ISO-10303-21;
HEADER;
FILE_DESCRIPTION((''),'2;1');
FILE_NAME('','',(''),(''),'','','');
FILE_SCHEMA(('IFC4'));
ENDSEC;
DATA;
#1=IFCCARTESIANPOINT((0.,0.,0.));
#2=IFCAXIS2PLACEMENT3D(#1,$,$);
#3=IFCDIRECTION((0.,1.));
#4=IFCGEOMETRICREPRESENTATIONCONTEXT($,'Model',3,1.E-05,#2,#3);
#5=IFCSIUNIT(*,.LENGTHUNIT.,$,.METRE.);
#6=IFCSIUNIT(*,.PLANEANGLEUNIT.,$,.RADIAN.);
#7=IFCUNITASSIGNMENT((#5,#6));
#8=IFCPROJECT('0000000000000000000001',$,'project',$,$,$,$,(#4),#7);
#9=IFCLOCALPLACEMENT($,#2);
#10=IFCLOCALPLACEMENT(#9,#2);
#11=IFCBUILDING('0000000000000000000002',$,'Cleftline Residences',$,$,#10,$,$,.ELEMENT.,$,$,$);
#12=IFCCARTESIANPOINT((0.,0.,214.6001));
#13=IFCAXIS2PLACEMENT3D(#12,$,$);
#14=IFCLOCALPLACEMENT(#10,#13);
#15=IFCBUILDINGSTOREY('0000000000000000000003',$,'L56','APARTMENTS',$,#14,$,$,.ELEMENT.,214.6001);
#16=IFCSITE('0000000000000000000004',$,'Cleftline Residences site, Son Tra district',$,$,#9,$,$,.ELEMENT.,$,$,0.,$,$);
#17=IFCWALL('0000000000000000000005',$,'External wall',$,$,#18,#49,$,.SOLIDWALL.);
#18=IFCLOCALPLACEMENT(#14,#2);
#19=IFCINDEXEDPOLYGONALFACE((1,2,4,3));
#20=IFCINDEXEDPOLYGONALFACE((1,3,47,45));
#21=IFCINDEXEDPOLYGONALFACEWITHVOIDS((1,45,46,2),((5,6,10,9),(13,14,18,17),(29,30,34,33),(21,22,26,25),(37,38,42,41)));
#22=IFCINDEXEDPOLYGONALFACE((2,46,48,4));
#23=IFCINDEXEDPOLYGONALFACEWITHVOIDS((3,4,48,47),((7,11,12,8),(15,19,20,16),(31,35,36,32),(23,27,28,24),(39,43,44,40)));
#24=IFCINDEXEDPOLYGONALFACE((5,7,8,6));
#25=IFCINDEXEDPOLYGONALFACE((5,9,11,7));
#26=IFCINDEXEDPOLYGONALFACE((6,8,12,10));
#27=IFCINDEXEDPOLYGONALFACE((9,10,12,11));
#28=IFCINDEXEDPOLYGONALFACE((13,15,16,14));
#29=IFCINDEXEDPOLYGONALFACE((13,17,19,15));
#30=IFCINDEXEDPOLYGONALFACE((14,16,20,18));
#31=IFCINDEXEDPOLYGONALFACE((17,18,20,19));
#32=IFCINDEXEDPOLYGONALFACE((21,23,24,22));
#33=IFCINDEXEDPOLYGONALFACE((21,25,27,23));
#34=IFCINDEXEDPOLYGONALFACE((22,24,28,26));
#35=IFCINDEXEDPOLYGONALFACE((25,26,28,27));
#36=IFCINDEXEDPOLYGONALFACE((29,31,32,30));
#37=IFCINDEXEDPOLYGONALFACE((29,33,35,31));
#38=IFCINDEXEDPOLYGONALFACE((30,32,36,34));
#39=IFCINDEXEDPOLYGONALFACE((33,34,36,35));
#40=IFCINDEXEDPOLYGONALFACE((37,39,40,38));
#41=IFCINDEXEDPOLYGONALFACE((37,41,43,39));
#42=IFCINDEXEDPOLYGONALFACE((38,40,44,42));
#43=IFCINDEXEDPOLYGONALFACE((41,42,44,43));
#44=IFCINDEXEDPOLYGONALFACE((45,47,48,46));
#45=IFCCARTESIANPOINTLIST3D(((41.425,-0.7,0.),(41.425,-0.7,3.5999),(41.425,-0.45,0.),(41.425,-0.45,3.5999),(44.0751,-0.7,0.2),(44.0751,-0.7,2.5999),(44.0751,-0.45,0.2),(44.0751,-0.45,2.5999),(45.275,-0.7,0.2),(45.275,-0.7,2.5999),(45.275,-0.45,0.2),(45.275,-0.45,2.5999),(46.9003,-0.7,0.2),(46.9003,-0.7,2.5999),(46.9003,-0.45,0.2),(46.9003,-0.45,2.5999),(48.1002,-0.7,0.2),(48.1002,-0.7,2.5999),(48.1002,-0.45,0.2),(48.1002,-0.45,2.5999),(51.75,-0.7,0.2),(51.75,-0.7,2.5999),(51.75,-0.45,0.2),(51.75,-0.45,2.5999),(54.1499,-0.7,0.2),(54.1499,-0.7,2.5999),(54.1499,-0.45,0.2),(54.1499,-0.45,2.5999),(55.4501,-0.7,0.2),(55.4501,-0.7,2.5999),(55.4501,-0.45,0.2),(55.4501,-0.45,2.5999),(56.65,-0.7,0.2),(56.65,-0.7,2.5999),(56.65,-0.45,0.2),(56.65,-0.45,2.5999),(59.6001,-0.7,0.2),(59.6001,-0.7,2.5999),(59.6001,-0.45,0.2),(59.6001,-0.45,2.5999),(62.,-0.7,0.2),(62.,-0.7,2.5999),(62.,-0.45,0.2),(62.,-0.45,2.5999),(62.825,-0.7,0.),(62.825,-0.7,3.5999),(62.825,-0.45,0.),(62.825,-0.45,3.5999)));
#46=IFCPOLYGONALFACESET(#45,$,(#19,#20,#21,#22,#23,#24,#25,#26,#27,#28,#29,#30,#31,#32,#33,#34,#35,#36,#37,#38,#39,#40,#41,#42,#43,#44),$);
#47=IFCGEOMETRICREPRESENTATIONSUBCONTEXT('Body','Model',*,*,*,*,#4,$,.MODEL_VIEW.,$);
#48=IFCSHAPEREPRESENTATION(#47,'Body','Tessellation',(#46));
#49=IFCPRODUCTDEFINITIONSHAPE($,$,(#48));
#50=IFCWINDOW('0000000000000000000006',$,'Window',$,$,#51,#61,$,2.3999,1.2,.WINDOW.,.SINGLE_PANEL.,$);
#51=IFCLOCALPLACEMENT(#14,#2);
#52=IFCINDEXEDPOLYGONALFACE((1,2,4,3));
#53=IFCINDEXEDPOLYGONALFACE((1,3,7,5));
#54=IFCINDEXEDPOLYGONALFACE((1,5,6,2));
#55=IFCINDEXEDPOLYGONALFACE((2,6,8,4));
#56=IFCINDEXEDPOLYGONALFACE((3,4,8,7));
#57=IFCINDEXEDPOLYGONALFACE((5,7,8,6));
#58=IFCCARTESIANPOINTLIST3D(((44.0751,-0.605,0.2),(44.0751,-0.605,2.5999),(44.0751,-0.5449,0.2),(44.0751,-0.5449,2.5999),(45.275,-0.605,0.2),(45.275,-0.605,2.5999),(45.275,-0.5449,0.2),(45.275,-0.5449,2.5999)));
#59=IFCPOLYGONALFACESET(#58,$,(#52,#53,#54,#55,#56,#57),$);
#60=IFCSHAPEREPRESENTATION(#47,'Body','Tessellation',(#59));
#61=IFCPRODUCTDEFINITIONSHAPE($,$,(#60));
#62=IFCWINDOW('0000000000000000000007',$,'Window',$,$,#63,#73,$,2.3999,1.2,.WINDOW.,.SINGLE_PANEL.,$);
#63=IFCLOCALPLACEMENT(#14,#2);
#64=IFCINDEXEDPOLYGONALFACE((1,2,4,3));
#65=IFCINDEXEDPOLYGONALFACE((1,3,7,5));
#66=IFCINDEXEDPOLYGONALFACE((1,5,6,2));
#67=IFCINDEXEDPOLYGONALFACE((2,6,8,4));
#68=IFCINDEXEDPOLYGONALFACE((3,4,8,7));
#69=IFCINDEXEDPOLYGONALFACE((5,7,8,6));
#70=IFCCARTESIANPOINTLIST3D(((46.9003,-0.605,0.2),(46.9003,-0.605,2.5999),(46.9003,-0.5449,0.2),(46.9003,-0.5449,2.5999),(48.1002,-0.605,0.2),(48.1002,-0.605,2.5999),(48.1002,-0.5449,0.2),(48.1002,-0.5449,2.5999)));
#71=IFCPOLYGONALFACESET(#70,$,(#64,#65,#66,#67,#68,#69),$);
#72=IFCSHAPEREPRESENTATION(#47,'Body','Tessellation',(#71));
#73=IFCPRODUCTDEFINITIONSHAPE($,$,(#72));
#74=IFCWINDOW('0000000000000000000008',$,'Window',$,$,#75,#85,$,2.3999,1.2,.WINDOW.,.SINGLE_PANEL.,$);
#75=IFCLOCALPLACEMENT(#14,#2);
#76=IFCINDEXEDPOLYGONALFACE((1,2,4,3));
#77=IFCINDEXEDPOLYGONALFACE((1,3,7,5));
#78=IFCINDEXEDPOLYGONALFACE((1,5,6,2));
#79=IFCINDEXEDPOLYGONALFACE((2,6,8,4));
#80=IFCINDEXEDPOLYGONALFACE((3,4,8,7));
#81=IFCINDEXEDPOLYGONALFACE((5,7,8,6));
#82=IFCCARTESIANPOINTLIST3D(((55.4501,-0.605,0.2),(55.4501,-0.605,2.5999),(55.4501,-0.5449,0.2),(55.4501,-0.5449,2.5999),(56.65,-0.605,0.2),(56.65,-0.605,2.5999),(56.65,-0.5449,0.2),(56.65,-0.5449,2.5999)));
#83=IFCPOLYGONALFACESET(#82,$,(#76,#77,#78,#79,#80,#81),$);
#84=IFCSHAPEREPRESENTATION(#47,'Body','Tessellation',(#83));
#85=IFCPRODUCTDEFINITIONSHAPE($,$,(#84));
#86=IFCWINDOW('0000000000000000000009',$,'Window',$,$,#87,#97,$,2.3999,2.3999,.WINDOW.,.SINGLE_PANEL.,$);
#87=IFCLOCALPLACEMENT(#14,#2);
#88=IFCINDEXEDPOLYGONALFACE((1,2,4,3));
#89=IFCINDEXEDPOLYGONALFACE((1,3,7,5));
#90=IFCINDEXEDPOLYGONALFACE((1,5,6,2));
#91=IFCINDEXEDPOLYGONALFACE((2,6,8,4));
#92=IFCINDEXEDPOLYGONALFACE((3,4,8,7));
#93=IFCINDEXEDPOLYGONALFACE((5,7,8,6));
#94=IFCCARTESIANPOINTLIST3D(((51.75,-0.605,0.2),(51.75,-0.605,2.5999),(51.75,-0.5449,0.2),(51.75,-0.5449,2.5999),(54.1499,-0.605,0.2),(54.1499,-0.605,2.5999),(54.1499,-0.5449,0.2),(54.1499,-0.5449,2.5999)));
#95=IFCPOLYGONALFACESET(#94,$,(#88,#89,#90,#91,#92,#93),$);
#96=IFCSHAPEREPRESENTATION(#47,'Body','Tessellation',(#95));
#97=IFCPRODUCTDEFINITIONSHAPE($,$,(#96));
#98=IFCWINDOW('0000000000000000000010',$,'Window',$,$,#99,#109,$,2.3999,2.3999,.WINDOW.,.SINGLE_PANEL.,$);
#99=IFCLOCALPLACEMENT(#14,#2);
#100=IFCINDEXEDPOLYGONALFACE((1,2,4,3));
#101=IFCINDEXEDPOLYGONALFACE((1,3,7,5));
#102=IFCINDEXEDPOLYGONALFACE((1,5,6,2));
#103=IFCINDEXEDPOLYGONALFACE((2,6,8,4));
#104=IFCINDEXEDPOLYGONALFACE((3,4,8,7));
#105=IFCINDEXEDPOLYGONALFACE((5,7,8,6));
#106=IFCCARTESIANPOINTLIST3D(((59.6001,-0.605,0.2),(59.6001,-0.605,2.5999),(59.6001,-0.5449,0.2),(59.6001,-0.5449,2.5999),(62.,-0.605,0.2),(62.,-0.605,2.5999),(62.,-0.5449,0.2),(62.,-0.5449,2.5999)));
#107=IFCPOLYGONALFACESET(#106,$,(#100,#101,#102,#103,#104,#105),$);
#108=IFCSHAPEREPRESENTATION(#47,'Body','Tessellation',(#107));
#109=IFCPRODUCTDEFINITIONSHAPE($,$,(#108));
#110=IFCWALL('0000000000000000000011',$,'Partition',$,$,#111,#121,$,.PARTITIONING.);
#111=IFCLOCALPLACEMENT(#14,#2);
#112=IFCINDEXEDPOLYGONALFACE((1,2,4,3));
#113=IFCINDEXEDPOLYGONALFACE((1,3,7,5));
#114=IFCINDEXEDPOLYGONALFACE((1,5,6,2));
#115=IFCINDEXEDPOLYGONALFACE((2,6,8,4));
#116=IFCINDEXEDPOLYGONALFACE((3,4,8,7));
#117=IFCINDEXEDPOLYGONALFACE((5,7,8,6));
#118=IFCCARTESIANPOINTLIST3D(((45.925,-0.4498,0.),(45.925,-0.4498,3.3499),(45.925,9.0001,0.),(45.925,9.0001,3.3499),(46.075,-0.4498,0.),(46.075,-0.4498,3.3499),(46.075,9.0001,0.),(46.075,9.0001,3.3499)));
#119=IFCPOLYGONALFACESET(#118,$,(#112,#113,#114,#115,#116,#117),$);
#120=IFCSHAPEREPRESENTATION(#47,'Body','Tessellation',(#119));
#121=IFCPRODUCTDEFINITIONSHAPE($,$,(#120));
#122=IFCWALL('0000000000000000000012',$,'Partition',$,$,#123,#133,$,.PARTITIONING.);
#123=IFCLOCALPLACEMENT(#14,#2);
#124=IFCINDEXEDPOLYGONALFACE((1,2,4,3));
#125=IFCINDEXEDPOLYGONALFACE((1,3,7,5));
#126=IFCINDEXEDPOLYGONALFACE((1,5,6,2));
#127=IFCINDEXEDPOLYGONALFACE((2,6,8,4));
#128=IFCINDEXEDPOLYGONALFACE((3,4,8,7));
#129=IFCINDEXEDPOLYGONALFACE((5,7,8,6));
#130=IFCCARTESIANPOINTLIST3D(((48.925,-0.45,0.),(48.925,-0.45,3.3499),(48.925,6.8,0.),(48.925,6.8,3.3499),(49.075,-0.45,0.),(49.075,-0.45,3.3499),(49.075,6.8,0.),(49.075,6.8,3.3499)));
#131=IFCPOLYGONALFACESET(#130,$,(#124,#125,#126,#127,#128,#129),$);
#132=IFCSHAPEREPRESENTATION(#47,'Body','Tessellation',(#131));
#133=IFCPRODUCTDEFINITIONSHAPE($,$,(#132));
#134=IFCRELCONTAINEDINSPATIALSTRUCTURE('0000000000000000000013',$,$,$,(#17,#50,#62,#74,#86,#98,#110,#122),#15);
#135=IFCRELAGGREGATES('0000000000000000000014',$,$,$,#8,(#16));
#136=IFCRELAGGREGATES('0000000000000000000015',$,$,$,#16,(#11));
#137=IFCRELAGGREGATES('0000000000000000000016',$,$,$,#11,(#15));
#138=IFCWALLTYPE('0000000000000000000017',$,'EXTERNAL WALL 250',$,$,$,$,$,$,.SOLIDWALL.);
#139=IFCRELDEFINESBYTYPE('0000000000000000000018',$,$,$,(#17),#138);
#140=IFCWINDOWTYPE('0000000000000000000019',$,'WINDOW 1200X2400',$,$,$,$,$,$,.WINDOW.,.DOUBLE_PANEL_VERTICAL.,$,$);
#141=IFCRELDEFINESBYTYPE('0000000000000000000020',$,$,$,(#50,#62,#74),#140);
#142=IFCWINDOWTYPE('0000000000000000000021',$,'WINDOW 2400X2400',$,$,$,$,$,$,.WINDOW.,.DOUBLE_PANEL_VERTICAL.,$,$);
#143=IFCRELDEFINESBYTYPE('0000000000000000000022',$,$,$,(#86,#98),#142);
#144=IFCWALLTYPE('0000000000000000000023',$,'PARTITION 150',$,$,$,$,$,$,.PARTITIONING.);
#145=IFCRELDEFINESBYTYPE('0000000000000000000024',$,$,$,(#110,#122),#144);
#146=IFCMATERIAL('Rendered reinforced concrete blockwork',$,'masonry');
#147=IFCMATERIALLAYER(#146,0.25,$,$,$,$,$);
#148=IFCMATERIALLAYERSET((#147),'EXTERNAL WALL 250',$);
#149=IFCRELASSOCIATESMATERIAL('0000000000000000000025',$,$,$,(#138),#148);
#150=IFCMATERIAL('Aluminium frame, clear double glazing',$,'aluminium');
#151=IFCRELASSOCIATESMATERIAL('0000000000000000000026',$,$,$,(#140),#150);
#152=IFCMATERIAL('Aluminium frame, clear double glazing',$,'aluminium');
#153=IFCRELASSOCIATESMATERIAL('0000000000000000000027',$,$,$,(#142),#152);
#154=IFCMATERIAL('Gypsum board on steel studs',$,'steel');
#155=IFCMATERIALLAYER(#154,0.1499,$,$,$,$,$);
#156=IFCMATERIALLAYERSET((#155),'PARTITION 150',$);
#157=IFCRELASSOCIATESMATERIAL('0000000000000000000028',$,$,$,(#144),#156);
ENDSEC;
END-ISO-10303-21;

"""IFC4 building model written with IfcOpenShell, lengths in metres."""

from ifc_helpers import new_model, si_unit, direction, frame, frame_2d, origin, place, context, subcontext, project, spatial, rectangle, extrude, material, layer, layer_set, type_object, element, fill, save


model = new_model("IFC4")

# Units and contexts
model_context = context("Model", 3, precision=1e-05, world=origin(), true_north=direction((0.0, 1.0)))
body_context = subcontext(model_context, "Body", "Model", "MODEL_VIEW")
ifc_project = project(units=[si_unit("LENGTHUNIT", "METRE"), si_unit("PLANEANGLEUNIT", "RADIAN")], contexts=[model_context])

# Site, building, storey
site_placement = place(None, origin())
site = spatial("IfcSite", under=ifc_project, at=site_placement, Name="Cleftline Residences site, Son Tra district", CompositionType="ELEMENT", RefElevation=0.0)
building_placement = place(site_placement, origin())
building = spatial("IfcBuilding", under=site, at=building_placement, Name="Cleftline Residences", CompositionType="ELEMENT")
storey_placement = place(building_placement, frame((0.0, 0.0, 214.6001)))
storey = spatial("IfcBuildingStorey", under=building, at=storey_placement, Name="L56", Description="APARTMENTS", CompositionType="ELEMENT", Elevation=214.6001)

# Wall, openings, windows
ifc_material_1 = material(Name="Rendered reinforced concrete blockwork", Category="masonry")
ifc_layer_1 = layer(ifc_material_1, 0.25)
ifc_layer_set_1 = layer_set([ifc_layer_1], Name="EXTERNAL WALL 250")
wall_type_1 = type_object("IfcWallType", Name="EXTERNAL WALL 250", PredefinedType="SOLIDWALL", material=ifc_layer_set_1)
wall_1_placement = place(storey_placement, frame((41.425, -0.575, 0.0), z_axis=(0.0, 0.0, 1.0), x_axis=(1.0, 0.0, 0.0)))
wall_1 = element("IfcWall", 1, at=wall_1_placement, inside=storey, type_object=wall_type_1, Name="External wall", PredefinedType="SOLIDWALL", context=body_context, shape_type="SweptSolid", body=[
    extrude(rectangle(XDim=21.3999, YDim=0.25, at=frame_2d((10.7, 0.0))), origin(), (0.0, 0.0, 1.0), 3.5999),
])
opening_1_placement = place(wall_1_placement, frame((2.6499, 0.0, 0.2)))
opening_1 = element("IfcOpeningElement", 2, at=opening_1_placement, cuts=wall_1, PredefinedType="OPENING", context=body_context, shape_type="SweptSolid", body=[
    extrude(rectangle(XDim=1.2, YDim=2.3999, at=frame_2d((0.6001, 1.2))), frame((0.0, 0.135, 0.0), z_axis=(0.0, -1.0, 0.0), x_axis=(1.0, 0.0, 0.0)), (0.0, 0.0, 1.0), 0.27),
])
opening_2_placement = place(wall_1_placement, frame((5.4751, 0.0, 0.2)))
opening_2 = element("IfcOpeningElement", 3, at=opening_2_placement, cuts=wall_1, PredefinedType="OPENING", context=body_context, shape_type="SweptSolid", body=[
    extrude(rectangle(XDim=1.2, YDim=2.3999, at=frame_2d((0.6001, 1.2))), frame((0.0, 0.135, 0.0), z_axis=(0.0, -1.0, 0.0), x_axis=(1.0, 0.0, 0.0)), (0.0, 0.0, 1.0), 0.27),
])
opening_3_placement = place(wall_1_placement, frame((10.325, 0.0, 0.2)))
opening_3 = element("IfcOpeningElement", 4, at=opening_3_placement, cuts=wall_1, PredefinedType="OPENING", context=body_context, shape_type="SweptSolid", body=[
    extrude(rectangle(XDim=2.3999, YDim=2.3999, at=frame_2d((1.2, 1.2))), frame((0.0, 0.135, 0.0), z_axis=(0.0, -1.0, 0.0), x_axis=(1.0, 0.0, 0.0)), (0.0, 0.0, 1.0), 0.27),
])
opening_4_placement = place(wall_1_placement, frame((14.0249, 0.0, 0.2)))
opening_4 = element("IfcOpeningElement", 5, at=opening_4_placement, cuts=wall_1, PredefinedType="OPENING", context=body_context, shape_type="SweptSolid", body=[
    extrude(rectangle(XDim=1.2, YDim=2.3999, at=frame_2d((0.6001, 1.2))), frame((0.0, 0.135, 0.0), z_axis=(0.0, -1.0, 0.0), x_axis=(1.0, 0.0, 0.0)), (0.0, 0.0, 1.0), 0.27),
])
opening_5_placement = place(wall_1_placement, frame((18.175, 0.0, 0.2)))
opening_5 = element("IfcOpeningElement", 6, at=opening_5_placement, cuts=wall_1, PredefinedType="OPENING", context=body_context, shape_type="SweptSolid", body=[
    extrude(rectangle(XDim=2.3999, YDim=2.3999, at=frame_2d((1.2, 1.2))), frame((0.0, 0.135, 0.0), z_axis=(0.0, -1.0, 0.0), x_axis=(1.0, 0.0, 0.0)), (0.0, 0.0, 1.0), 0.27),
])
ifc_material_2 = material(Name="Aluminium frame, clear double glazing", Category="aluminium")
window_type_1 = type_object("IfcWindowType", Name="WINDOW 1200X2400", PartitioningType="DOUBLE_PANEL_VERTICAL", PredefinedType="WINDOW", material=ifc_material_2)
window_1_placement = place(opening_1_placement, origin())
window_1 = element("IfcWindow", 7, at=window_1_placement, inside=storey, type_object=window_type_1, Name="Window", OverallHeight=2.3999, OverallWidth=1.2, PartitioningType="SINGLE_PANEL", PredefinedType="WINDOW", context=body_context, shape_type="SweptSolid", body=[
    extrude(rectangle(XDim=1.2, YDim=2.3999, at=frame_2d((0.6001, 1.2))), frame((0.0, 0.03, 0.0), z_axis=(0.0, -1.0, 0.0), x_axis=(1.0, 0.0, 0.0)), (0.0, 0.0, 1.0), 0.0601),
])
fill(opening_1, window_1)
window_2_placement = place(opening_2_placement, origin())
window_2 = element("IfcWindow", 8, at=window_2_placement, inside=storey, type_object=window_type_1, Name="Window", OverallHeight=2.3999, OverallWidth=1.2, PartitioningType="SINGLE_PANEL", PredefinedType="WINDOW", context=body_context, shape_type="SweptSolid", body=[
    extrude(rectangle(XDim=1.2, YDim=2.3999, at=frame_2d((0.6001, 1.2))), frame((0.0, 0.03, 0.0), z_axis=(0.0, -1.0, 0.0), x_axis=(1.0, 0.0, 0.0)), (0.0, 0.0, 1.0), 0.0601),
])
fill(opening_2, window_2)
window_3_placement = place(opening_4_placement, origin())
window_3 = element("IfcWindow", 9, at=window_3_placement, inside=storey, type_object=window_type_1, Name="Window", OverallHeight=2.3999, OverallWidth=1.2, PartitioningType="SINGLE_PANEL", PredefinedType="WINDOW", context=body_context, shape_type="SweptSolid", body=[
    extrude(rectangle(XDim=1.2, YDim=2.3999, at=frame_2d((0.6001, 1.2))), frame((0.0, 0.03, 0.0), z_axis=(0.0, -1.0, 0.0), x_axis=(1.0, 0.0, 0.0)), (0.0, 0.0, 1.0), 0.0601),
])
fill(opening_4, window_3)
ifc_material_3 = material(Name="Aluminium frame, clear double glazing", Category="aluminium")
window_type_2 = type_object("IfcWindowType", Name="WINDOW 2400X2400", PartitioningType="DOUBLE_PANEL_VERTICAL", PredefinedType="WINDOW", material=ifc_material_3)
window_4_placement = place(opening_3_placement, origin())
window_4 = element("IfcWindow", 10, at=window_4_placement, inside=storey, type_object=window_type_2, Name="Window", OverallHeight=2.3999, OverallWidth=2.3999, PartitioningType="SINGLE_PANEL", PredefinedType="WINDOW", context=body_context, shape_type="SweptSolid", body=[
    extrude(rectangle(XDim=2.3999, YDim=2.3999, at=frame_2d((1.2, 1.2))), frame((0.0, 0.03, 0.0), z_axis=(0.0, -1.0, 0.0), x_axis=(1.0, 0.0, 0.0)), (0.0, 0.0, 1.0), 0.0601),
])
fill(opening_3, window_4)
window_5_placement = place(opening_5_placement, origin())
window_5 = element("IfcWindow", 11, at=window_5_placement, inside=storey, type_object=window_type_2, Name="Window", OverallHeight=2.3999, OverallWidth=2.3999, PartitioningType="SINGLE_PANEL", PredefinedType="WINDOW", context=body_context, shape_type="SweptSolid", body=[
    extrude(rectangle(XDim=2.3999, YDim=2.3999, at=frame_2d((1.2, 1.2))), frame((0.0, 0.03, 0.0), z_axis=(0.0, -1.0, 0.0), x_axis=(1.0, 0.0, 0.0)), (0.0, 0.0, 1.0), 0.0601),
])
fill(opening_5, window_5)

# Walls
ifc_material_4 = material(Name="Gypsum board on steel studs", Category="steel")
ifc_layer_2 = layer(ifc_material_4, 0.1499)
ifc_layer_set_2 = layer_set([ifc_layer_2], Name="PARTITION 150")
wall_type_2 = type_object("IfcWallType", Name="PARTITION 150", PredefinedType="PARTITIONING", material=ifc_layer_set_2)
wall_2_placement = place(storey_placement, frame((46.0, -0.45, 0.0), z_axis=(0.0, 0.0, 1.0), x_axis=(0.0, 1.0, 0.0)))
element("IfcWall", 12, at=wall_2_placement, inside=storey, type_object=wall_type_2, Name="Partition", PredefinedType="PARTITIONING", context=body_context, shape_type="SweptSolid", body=[
    extrude(rectangle(XDim=9.45, YDim=0.1499, at=frame_2d((4.7251, 0.0))), origin(), (0.0, 0.0, 1.0), 3.3499),
])
wall_3_placement = place(storey_placement, frame((49.0, -0.45, 0.0), z_axis=(0.0, 0.0, 1.0), x_axis=(0.0, 1.0, 0.0)))
element("IfcWall", 13, at=wall_3_placement, inside=storey, type_object=wall_type_2, Name="Partition", PredefinedType="PARTITIONING", context=body_context, shape_type="SweptSolid", body=[
    extrude(rectangle(XDim=7.25, YDim=0.1499, at=frame_2d((3.625, 0.0))), origin(), (0.0, 0.0, 1.0), 3.3499),
])

save(model, "model.ifc")
